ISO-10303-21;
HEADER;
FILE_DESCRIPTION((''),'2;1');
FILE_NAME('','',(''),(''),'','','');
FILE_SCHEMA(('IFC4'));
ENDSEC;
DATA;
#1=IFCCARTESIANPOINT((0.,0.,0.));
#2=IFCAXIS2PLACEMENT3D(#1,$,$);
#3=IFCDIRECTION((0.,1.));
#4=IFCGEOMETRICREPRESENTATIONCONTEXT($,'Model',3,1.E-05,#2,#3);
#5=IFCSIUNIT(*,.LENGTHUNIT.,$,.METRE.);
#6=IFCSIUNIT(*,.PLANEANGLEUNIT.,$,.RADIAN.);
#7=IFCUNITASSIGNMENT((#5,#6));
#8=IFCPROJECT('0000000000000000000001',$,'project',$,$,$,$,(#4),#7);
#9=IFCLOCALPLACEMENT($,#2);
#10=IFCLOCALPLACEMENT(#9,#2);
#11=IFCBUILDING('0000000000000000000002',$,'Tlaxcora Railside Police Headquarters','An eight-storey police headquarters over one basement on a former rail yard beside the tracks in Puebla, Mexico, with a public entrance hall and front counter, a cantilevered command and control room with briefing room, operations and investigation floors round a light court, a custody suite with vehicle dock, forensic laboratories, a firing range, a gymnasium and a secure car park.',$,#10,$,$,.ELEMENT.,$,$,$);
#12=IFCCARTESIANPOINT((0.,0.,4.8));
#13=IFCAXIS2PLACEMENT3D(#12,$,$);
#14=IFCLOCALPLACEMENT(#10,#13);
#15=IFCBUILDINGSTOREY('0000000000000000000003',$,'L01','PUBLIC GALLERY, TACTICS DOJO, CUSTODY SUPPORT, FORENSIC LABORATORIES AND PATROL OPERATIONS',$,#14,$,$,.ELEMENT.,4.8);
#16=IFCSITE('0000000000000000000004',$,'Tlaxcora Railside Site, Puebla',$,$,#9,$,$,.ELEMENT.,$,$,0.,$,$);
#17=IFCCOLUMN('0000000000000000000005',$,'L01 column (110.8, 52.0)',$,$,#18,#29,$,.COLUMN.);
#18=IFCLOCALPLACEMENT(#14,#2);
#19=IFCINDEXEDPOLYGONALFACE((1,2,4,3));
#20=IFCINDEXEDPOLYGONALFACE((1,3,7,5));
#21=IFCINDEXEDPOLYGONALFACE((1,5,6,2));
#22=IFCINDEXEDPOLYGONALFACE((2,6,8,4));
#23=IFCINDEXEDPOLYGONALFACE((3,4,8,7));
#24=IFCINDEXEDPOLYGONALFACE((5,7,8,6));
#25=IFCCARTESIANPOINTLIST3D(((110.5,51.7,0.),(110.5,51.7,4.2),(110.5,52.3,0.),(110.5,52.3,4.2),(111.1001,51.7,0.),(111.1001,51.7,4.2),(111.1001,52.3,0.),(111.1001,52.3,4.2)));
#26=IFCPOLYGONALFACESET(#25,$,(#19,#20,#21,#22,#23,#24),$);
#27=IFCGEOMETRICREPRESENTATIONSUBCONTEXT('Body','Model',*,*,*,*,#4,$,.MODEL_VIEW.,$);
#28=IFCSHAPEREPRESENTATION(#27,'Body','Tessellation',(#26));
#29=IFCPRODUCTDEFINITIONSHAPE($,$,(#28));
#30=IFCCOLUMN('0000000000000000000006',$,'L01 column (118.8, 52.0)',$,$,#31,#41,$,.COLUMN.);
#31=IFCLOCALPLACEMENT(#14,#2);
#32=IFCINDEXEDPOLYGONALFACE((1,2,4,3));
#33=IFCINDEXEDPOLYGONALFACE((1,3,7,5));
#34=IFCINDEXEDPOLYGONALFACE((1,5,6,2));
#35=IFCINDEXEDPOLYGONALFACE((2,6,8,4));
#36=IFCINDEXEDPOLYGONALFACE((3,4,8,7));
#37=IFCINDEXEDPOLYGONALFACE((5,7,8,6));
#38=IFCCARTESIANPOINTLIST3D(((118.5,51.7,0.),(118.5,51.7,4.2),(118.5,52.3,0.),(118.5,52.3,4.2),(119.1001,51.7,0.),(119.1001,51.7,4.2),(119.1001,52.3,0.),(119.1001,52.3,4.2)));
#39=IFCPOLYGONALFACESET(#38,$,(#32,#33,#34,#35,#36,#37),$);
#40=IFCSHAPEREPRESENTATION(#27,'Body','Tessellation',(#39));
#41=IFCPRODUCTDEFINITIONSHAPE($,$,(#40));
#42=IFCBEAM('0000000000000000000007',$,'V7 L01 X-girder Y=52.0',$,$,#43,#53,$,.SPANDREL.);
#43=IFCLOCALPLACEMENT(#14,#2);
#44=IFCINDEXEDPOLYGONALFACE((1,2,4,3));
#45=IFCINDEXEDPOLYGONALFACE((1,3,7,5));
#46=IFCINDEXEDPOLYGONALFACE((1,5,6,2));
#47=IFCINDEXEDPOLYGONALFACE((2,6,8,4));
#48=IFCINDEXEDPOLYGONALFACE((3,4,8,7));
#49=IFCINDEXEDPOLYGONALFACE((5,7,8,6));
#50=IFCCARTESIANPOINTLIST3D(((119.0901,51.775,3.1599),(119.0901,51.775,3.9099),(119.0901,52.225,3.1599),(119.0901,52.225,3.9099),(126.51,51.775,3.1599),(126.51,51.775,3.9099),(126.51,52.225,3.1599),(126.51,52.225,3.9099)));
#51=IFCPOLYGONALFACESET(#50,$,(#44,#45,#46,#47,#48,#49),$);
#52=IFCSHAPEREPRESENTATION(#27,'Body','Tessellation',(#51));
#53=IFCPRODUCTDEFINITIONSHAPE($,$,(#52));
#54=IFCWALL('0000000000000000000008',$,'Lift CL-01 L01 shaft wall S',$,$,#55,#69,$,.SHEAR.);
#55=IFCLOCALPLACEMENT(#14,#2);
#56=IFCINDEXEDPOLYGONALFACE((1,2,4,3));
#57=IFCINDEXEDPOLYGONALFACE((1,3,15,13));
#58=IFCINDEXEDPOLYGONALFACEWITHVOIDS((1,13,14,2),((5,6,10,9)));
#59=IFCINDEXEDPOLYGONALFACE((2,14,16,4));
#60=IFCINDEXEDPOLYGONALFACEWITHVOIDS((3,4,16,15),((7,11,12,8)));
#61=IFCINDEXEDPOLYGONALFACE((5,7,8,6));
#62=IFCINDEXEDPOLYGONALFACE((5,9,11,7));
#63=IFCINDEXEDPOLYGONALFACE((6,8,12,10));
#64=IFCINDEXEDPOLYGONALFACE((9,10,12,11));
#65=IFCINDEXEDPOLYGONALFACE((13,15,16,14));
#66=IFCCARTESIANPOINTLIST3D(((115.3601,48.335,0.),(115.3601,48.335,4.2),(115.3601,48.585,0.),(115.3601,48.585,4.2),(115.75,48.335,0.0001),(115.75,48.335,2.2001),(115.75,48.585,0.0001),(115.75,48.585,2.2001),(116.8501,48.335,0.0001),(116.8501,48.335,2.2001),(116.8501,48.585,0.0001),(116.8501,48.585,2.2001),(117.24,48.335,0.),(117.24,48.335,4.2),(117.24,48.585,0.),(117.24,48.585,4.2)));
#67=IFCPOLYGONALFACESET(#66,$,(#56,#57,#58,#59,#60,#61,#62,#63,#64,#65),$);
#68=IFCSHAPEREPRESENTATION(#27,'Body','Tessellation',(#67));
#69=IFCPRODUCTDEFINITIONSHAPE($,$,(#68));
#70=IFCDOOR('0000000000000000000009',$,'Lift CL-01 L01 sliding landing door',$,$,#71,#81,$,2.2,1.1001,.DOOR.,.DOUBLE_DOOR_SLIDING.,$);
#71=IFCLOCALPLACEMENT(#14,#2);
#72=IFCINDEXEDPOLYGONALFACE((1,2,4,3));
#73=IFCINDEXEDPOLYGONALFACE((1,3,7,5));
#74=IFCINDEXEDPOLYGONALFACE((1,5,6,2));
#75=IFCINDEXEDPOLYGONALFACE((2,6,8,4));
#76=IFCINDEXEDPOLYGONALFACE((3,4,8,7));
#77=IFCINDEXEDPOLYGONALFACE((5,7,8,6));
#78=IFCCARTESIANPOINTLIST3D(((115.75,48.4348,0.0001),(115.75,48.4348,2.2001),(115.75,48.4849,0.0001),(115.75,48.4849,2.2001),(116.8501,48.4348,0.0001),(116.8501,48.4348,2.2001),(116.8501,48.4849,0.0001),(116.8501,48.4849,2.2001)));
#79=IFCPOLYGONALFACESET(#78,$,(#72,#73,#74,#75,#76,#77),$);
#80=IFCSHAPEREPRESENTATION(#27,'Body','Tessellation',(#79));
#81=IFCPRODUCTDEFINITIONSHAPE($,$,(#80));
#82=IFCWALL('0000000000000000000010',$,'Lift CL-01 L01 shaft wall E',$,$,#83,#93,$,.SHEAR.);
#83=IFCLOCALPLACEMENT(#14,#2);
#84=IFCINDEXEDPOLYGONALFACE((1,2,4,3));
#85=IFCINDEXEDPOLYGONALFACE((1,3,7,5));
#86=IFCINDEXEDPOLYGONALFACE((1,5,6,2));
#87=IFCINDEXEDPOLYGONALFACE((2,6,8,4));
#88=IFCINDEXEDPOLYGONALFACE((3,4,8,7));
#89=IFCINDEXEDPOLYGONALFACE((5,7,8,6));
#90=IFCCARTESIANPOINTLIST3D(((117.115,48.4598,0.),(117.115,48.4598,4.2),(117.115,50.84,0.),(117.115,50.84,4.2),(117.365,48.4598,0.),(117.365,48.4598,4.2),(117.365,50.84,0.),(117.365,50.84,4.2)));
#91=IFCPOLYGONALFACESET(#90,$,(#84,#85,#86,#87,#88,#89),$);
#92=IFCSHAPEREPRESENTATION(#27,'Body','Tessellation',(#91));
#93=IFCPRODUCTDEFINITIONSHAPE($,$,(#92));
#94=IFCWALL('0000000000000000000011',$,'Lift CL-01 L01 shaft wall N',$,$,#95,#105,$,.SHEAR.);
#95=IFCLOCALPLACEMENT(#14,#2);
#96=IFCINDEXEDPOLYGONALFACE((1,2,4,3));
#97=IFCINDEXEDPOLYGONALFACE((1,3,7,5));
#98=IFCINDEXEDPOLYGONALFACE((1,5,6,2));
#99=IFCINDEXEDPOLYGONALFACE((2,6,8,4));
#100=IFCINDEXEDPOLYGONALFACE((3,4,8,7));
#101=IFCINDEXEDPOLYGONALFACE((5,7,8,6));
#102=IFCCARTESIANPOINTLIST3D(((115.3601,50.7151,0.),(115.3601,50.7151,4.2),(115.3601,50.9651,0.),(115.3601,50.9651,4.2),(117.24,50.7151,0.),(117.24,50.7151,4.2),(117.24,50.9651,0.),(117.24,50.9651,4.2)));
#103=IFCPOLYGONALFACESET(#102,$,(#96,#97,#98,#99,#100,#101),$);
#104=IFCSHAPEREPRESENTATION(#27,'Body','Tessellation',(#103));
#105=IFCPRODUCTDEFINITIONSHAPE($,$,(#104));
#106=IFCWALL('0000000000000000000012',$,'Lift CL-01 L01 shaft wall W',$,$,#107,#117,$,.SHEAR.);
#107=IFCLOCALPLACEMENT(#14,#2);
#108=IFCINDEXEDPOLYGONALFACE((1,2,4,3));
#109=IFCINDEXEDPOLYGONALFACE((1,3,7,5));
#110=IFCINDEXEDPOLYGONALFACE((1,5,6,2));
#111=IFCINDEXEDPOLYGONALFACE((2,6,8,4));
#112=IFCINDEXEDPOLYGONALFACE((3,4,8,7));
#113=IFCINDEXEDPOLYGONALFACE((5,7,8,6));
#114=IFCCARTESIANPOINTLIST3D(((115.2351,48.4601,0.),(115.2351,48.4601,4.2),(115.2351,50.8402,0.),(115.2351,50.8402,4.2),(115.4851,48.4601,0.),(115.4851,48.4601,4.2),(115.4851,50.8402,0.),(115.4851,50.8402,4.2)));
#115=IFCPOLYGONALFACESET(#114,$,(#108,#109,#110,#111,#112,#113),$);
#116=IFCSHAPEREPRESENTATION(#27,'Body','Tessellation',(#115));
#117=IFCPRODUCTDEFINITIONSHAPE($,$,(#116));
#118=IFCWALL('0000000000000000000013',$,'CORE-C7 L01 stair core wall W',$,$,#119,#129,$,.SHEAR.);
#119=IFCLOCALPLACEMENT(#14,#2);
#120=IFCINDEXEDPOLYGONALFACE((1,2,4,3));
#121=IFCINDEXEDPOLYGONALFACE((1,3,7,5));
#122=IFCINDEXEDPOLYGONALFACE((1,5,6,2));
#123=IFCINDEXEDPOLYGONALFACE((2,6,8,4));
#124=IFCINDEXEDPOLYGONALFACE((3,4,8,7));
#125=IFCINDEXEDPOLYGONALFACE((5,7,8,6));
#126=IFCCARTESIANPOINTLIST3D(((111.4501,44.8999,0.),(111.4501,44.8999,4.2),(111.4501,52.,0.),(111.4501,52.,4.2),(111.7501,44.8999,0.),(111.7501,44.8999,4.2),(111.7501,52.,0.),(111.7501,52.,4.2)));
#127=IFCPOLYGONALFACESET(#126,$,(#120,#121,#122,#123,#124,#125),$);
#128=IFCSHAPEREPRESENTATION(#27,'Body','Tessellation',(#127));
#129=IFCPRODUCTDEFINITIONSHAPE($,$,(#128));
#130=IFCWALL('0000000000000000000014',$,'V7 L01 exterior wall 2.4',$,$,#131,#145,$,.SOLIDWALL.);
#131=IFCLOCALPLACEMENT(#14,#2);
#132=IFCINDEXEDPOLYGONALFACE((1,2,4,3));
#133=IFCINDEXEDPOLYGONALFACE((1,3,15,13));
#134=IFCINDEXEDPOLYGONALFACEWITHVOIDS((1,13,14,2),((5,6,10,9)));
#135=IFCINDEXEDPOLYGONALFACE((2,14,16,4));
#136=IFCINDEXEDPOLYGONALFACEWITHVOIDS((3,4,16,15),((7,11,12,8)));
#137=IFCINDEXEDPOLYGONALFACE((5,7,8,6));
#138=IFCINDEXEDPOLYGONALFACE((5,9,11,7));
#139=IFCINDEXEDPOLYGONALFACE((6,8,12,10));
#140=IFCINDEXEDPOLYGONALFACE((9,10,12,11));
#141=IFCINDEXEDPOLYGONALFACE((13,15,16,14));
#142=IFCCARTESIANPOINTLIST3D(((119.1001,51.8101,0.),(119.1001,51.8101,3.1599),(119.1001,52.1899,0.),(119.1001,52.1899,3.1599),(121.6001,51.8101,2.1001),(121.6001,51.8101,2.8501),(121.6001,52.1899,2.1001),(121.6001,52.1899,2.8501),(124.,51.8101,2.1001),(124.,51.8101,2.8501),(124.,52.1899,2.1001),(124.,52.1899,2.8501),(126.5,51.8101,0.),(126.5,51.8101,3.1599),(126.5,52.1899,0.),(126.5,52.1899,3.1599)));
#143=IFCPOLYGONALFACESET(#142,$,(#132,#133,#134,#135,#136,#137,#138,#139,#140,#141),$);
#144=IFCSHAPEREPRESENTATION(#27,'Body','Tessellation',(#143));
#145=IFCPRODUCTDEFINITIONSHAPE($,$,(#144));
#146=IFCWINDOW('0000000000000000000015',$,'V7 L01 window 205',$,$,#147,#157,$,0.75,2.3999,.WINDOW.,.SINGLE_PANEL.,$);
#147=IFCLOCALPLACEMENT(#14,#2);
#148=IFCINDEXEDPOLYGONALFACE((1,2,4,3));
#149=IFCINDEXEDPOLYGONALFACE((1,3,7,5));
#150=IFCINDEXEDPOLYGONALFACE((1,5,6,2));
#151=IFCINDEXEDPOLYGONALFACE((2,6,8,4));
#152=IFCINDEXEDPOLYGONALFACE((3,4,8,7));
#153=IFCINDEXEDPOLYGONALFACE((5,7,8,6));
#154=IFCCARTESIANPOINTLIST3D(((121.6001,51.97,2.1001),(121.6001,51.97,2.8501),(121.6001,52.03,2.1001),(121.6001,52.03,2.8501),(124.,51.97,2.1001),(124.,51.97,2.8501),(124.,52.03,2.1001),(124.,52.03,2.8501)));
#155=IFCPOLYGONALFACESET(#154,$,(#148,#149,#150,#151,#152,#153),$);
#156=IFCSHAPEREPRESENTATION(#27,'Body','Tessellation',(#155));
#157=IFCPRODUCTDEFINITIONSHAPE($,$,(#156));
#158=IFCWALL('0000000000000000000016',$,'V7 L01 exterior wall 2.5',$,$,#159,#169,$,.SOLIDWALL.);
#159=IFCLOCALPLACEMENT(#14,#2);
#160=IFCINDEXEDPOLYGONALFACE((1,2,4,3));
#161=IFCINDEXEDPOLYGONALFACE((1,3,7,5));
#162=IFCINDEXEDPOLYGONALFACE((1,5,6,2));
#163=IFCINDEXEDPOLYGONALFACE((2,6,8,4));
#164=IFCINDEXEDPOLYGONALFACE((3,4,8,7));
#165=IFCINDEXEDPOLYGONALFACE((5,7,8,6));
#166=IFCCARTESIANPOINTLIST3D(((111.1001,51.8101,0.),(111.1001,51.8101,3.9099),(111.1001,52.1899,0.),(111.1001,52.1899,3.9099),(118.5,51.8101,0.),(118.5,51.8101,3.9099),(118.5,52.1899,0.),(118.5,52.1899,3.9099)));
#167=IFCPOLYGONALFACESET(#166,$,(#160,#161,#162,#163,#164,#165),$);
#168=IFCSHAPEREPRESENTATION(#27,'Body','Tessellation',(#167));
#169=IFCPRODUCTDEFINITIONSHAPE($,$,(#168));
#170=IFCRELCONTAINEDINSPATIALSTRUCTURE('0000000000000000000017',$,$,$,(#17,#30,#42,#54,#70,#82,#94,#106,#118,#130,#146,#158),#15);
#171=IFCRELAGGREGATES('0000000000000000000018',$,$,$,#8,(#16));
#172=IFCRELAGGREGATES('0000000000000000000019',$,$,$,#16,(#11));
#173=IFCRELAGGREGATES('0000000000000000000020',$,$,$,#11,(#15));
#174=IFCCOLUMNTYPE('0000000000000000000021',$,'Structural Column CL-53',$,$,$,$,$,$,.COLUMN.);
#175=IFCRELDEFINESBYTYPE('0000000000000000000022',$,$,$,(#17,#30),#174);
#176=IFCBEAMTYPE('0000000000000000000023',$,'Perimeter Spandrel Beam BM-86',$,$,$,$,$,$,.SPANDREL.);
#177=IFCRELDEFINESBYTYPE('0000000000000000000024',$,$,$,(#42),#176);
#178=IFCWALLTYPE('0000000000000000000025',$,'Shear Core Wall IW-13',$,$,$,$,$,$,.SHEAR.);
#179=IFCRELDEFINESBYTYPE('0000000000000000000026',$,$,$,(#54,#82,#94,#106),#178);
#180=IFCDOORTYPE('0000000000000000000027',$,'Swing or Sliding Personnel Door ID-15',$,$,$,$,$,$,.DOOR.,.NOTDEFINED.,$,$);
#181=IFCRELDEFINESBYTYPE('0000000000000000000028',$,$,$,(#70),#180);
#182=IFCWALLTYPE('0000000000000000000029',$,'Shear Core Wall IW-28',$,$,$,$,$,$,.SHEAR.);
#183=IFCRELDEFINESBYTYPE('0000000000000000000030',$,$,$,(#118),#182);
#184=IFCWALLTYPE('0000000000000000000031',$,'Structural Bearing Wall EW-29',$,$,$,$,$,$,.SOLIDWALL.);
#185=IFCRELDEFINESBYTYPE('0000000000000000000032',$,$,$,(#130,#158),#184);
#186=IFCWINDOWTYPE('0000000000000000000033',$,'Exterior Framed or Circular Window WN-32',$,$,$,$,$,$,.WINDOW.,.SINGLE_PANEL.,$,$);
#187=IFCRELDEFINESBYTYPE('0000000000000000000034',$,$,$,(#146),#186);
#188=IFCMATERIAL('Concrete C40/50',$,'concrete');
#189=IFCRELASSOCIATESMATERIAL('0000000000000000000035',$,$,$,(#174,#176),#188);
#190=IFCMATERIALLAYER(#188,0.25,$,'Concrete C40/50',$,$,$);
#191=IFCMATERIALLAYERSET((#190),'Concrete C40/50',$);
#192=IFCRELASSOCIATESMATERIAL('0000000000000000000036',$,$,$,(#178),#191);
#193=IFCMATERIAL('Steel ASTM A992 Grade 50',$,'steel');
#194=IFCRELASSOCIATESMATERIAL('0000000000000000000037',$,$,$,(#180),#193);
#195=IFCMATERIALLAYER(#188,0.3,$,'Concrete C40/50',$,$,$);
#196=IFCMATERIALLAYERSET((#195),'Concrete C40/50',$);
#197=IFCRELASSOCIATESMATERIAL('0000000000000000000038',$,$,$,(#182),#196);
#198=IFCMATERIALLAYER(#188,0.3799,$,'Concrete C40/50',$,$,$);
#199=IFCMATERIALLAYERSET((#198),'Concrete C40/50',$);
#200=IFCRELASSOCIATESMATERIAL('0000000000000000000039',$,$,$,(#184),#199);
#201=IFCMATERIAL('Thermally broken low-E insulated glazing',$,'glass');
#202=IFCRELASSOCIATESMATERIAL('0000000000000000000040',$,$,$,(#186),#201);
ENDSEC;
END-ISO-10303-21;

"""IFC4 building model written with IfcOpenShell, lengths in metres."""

from ifc_helpers import new_model, si_unit, direction, frame, frame_2d, origin, origin_2d, place, context, subcontext, project, spatial, rectangle, extrude, material, layer, layer_set, material_profile, profile_set, type_object, element, fill, save


model = new_model("IFC4")

# Units and contexts
model_context = context("Model", 3, precision=1e-05, world=origin(), true_north=direction((0.0, 1.0)))
body_context = subcontext(model_context, "Body", "Model", "MODEL_VIEW")
ifc_project = project(units=[si_unit("LENGTHUNIT", "METRE"), si_unit("PLANEANGLEUNIT", "RADIAN")], contexts=[model_context])

# Site, building, storey
site_placement = place(None, origin())
site = spatial("IfcSite", under=ifc_project, at=site_placement, Name="Tlaxcora Railside Site, Puebla", CompositionType="ELEMENT", RefElevation=0.0)
building_placement = place(site_placement, origin())
building = spatial("IfcBuilding", under=site, at=building_placement, Name="Tlaxcora Railside Police Headquarters", Description="An eight-storey police headquarters over one basement on a former rail yard beside the tracks in Puebla, Mexico, with a public entrance hall and front counter, a cantilevered command and control room with briefing room, operations and investigation floors round a light court, a custody suite with vehicle dock, forensic laboratories, a firing range, a gymnasium and a secure car park.", CompositionType="ELEMENT")
storey_placement = place(building_placement, frame((0.0, 0.0, 4.8)))
storey = spatial("IfcBuildingStorey", under=building, at=storey_placement, Name="L01", Description="PUBLIC GALLERY, TACTICS DOJO, CUSTODY SUPPORT, FORENSIC LABORATORIES AND PATROL OPERATIONS", CompositionType="ELEMENT", Elevation=4.8)

# Columns
ifc_material_1 = material(Name="Concrete C40/50", Category="concrete")
ifc_material_profile_1 = material_profile(ifc_material_1, rectangle(XDim=0.6001, YDim=0.6001, at=origin_2d()), Name="RC600X600")
ifc_profile_set_1 = profile_set([ifc_material_profile_1], Name="Concrete C40/50")
column_type = type_object("IfcColumnType", Name="Structural Column CL-53", PredefinedType="COLUMN", material=ifc_profile_set_1)
for number, where, z_axis, x_axis, name in (
    (1, (110.8, 52.0, 0.0), (0.0, 0.0, 1.0), (1.0, 0.0, 0.0), "L01 column (110.8, 52.0)"),
    (2, (118.8, 52.0, 0.0), (0.0, 0.0, 1.0), (1.0, 0.0, 0.0), "L01 column (118.8, 52.0)"),
):
    element("IfcColumn", number, at=place(storey_placement, frame(where, z_axis=z_axis, x_axis=x_axis)), inside=storey, type_object=column_type, Name=name, PredefinedType="COLUMN", context=body_context, shape_type="SweptSolid", body=[
        extrude(rectangle(XDim=0.6001, YDim=0.6001, at=origin_2d()), origin(), (0.0, 0.0, 1.0), 4.2),
    ])

# Beam
ifc_material_profile_2 = material_profile(ifc_material_1, rectangle(XDim=0.45, YDim=0.75, at=origin_2d()), Name="RC450X750")
ifc_profile_set_2 = profile_set([ifc_material_profile_2], Name="Concrete C40/50")
beam_type = type_object("IfcBeamType", Name="Perimeter Spandrel Beam BM-86", PredefinedType="SPANDREL", material=ifc_profile_set_2)
beam_placement = place(storey_placement, frame((119.0901, 52.0, 3.5349), z_axis=(1.0, 0.0, 0.0), x_axis=(0.0, 1.0, 0.0)))
element("IfcBeam", 3, at=beam_placement, inside=storey, type_object=beam_type, Name="V7 L01 X-girder Y=52.0", PredefinedType="SPANDREL", context=body_context, shape_type="SweptSolid", body=[
    extrude(rectangle(XDim=0.45, YDim=0.75, at=origin_2d()), origin(), (0.0, 0.0, 1.0), 7.4199),
])

# Wall, opening, door
ifc_layer_1 = layer(ifc_material_1, 0.25, Name="Concrete C40/50")
ifc_layer_set_1 = layer_set([ifc_layer_1], Name="Concrete C40/50")
wall_type_1 = type_object("IfcWallType", Name="Shear Core Wall IW-13", PredefinedType="SHEAR", material=ifc_layer_set_1)
wall_1_placement = place(storey_placement, frame((115.3601, 48.46, 0.0), z_axis=(0.0, 0.0, 1.0), x_axis=(1.0, 0.0, 0.0)))
wall_1 = element("IfcWall", 4, at=wall_1_placement, inside=storey, type_object=wall_type_1, Name="Lift CL-01 L01 shaft wall S", PredefinedType="SHEAR", context=body_context, shape_type="SweptSolid", body=[
    extrude(rectangle(XDim=1.8799, YDim=0.25, at=frame_2d((0.9399, 0.0))), origin(), (0.0, 0.0, 1.0), 4.2),
])
opening_1_placement = place(wall_1_placement, frame((0.3899, 0.0, 0.0)))
opening_1 = element("IfcOpeningElement", 5, at=opening_1_placement, cuts=wall_1, PredefinedType="OPENING", context=body_context, shape_type="SweptSolid", body=[
    extrude(rectangle(XDim=1.1001, YDim=2.2, at=frame_2d((0.55, 1.1001))), frame((0.0, 0.135, 0.0), z_axis=(0.0, -1.0, 0.0), x_axis=(1.0, 0.0, 0.0)), (0.0, 0.0, 1.0), 0.27),
])
ifc_material_2 = material(Name="Steel ASTM A992 Grade 50", Category="steel")
door_type = type_object("IfcDoorType", Name="Swing or Sliding Personnel Door ID-15", OperationType="NOTDEFINED", PredefinedType="DOOR", material=ifc_material_2)
door_placement = place(opening_1_placement, origin())
door = element("IfcDoor", 6, at=door_placement, inside=storey, type_object=door_type, Name="Lift CL-01 L01 sliding landing door", OperationType="DOUBLE_DOOR_SLIDING", OverallHeight=2.2, OverallWidth=1.1001, PredefinedType="DOOR", context=body_context, shape_type="SweptSolid", body=[
    extrude(rectangle(XDim=1.1001, YDim=2.2, at=frame_2d((0.55, 1.1001))), frame((0.0, 0.0249, 0.0), z_axis=(0.0, -1.0, 0.0), x_axis=(1.0, 0.0, 0.0)), (0.0, 0.0, 1.0), 0.05),
])
fill(opening_1, door)

# Walls
wall_2_placement = place(storey_placement, frame((117.24, 48.46, 0.0), z_axis=(0.0, 0.0, 1.0), x_axis=(0.0, 1.0, 0.0)))
element("IfcWall", 7, at=wall_2_placement, inside=storey, type_object=wall_type_1, Name="Lift CL-01 L01 shaft wall E", PredefinedType="SHEAR", context=body_context, shape_type="SweptSolid", body=[
    extrude(rectangle(XDim=2.3801, YDim=0.25, at=frame_2d((1.1899, 0.0))), origin(), (0.0, 0.0, 1.0), 4.2),
])
wall_3_placement = place(storey_placement, frame((117.24, 50.8401, 0.0), z_axis=(0.0, 0.0, 1.0), x_axis=(-1.0, 0.0, 0.0)))
element("IfcWall", 8, at=wall_3_placement, inside=storey, type_object=wall_type_1, Name="Lift CL-01 L01 shaft wall N", PredefinedType="SHEAR", context=body_context, shape_type="SweptSolid", body=[
    extrude(rectangle(XDim=1.8799, YDim=0.25, at=frame_2d((0.9399, 0.0))), origin(), (0.0, 0.0, 1.0), 4.2),
])
wall_4_placement = place(storey_placement, frame((115.3601, 50.8401, 0.0), z_axis=(0.0, 0.0, 1.0), x_axis=(0.0, -1.0, 0.0)))
element("IfcWall", 9, at=wall_4_placement, inside=storey, type_object=wall_type_1, Name="Lift CL-01 L01 shaft wall W", PredefinedType="SHEAR", context=body_context, shape_type="SweptSolid", body=[
    extrude(rectangle(XDim=2.3801, YDim=0.25, at=frame_2d((1.1899, 0.0))), origin(), (0.0, 0.0, 1.0), 4.2),
])
ifc_layer_2 = layer(ifc_material_1, 0.3, Name="Concrete C40/50")
ifc_layer_set_2 = layer_set([ifc_layer_2], Name="Concrete C40/50")
wall_type_2 = type_object("IfcWallType", Name="Shear Core Wall IW-28", PredefinedType="SHEAR", material=ifc_layer_set_2)
wall_5_placement = place(storey_placement, frame((111.6001, 52.0, 0.0), z_axis=(0.0, 0.0, 1.0), x_axis=(0.0, -1.0, 0.0)))
element("IfcWall", 10, at=wall_5_placement, inside=storey, type_object=wall_type_2, Name="CORE-C7 L01 stair core wall W", PredefinedType="SHEAR", context=body_context, shape_type="SweptSolid", body=[
    extrude(rectangle(XDim=7.1001, YDim=0.3, at=frame_2d((3.55, 0.0))), origin(), (0.0, 0.0, 1.0), 4.2),
])

# Wall, opening, window
ifc_layer_3 = layer(ifc_material_1, 0.3799, Name="Concrete C40/50")
ifc_layer_set_3 = layer_set([ifc_layer_3], Name="Concrete C40/50")
wall_type_3 = type_object("IfcWallType", Name="Structural Bearing Wall EW-29", PredefinedType="SOLIDWALL", material=ifc_layer_set_3)
wall_6_placement = place(storey_placement, frame((126.5, 52.0, 0.0), z_axis=(0.0, 0.0, 1.0), x_axis=(-1.0, 0.0, 0.0)))
wall_6 = element("IfcWall", 11, at=wall_6_placement, inside=storey, type_object=wall_type_3, Name="V7 L01 exterior wall 2.4", PredefinedType="SOLIDWALL", context=body_context, shape_type="SweptSolid", body=[
    extrude(rectangle(XDim=7.3999, YDim=0.3799, at=frame_2d((3.7, 0.0))), origin(), (0.0, 0.0, 1.0), 3.1599),
])
opening_2_placement = place(wall_6_placement, frame((2.5, 0.0, 2.1001)))
opening_2 = element("IfcOpeningElement", 12, at=opening_2_placement, cuts=wall_6, PredefinedType="OPENING", context=body_context, shape_type="SweptSolid", body=[
    extrude(rectangle(XDim=2.3999, YDim=0.75, at=frame_2d((1.2, 0.375))), frame((0.0, 0.2, 0.0), z_axis=(0.0, -1.0, 0.0), x_axis=(1.0, 0.0, 0.0)), (0.0, 0.0, 1.0), 0.3999),
])
ifc_material_3 = material(Name="Thermally broken low-E insulated glazing", Category="glass")
window_type = type_object("IfcWindowType", Name="Exterior Framed or Circular Window WN-32", PartitioningType="SINGLE_PANEL", PredefinedType="WINDOW", material=ifc_material_3)
window_1_placement = place(opening_2_placement, origin())
window_1 = element("IfcWindow", 13, at=window_1_placement, inside=storey, type_object=window_type, Name="V7 L01 window 205", OverallHeight=0.75, OverallWidth=2.3999, PartitioningType="SINGLE_PANEL", PredefinedType="WINDOW", context=body_context, shape_type="SweptSolid", body=[
    extrude(rectangle(XDim=2.3999, YDim=0.75, at=frame_2d((1.2, 0.375))), frame((0.0, 0.03, 0.0), z_axis=(0.0, -1.0, 0.0), x_axis=(1.0, 0.0, 0.0)), (0.0, 0.0, 1.0), 0.0601),
])
fill(opening_2, window_1)

# Wall
wall_7_placement = place(storey_placement, frame((118.5, 52.0, 0.0), z_axis=(0.0, 0.0, 1.0), x_axis=(-1.0, 0.0, 0.0)))
element("IfcWall", 14, at=wall_7_placement, inside=storey, type_object=wall_type_3, Name="V7 L01 exterior wall 2.5", PredefinedType="SOLIDWALL", context=body_context, shape_type="SweptSolid", body=[
    extrude(rectangle(XDim=7.3999, YDim=0.3799, at=frame_2d((3.7, 0.0))), origin(), (0.0, 0.0, 1.0), 3.9099),
])

save(model, "model.ifc")
